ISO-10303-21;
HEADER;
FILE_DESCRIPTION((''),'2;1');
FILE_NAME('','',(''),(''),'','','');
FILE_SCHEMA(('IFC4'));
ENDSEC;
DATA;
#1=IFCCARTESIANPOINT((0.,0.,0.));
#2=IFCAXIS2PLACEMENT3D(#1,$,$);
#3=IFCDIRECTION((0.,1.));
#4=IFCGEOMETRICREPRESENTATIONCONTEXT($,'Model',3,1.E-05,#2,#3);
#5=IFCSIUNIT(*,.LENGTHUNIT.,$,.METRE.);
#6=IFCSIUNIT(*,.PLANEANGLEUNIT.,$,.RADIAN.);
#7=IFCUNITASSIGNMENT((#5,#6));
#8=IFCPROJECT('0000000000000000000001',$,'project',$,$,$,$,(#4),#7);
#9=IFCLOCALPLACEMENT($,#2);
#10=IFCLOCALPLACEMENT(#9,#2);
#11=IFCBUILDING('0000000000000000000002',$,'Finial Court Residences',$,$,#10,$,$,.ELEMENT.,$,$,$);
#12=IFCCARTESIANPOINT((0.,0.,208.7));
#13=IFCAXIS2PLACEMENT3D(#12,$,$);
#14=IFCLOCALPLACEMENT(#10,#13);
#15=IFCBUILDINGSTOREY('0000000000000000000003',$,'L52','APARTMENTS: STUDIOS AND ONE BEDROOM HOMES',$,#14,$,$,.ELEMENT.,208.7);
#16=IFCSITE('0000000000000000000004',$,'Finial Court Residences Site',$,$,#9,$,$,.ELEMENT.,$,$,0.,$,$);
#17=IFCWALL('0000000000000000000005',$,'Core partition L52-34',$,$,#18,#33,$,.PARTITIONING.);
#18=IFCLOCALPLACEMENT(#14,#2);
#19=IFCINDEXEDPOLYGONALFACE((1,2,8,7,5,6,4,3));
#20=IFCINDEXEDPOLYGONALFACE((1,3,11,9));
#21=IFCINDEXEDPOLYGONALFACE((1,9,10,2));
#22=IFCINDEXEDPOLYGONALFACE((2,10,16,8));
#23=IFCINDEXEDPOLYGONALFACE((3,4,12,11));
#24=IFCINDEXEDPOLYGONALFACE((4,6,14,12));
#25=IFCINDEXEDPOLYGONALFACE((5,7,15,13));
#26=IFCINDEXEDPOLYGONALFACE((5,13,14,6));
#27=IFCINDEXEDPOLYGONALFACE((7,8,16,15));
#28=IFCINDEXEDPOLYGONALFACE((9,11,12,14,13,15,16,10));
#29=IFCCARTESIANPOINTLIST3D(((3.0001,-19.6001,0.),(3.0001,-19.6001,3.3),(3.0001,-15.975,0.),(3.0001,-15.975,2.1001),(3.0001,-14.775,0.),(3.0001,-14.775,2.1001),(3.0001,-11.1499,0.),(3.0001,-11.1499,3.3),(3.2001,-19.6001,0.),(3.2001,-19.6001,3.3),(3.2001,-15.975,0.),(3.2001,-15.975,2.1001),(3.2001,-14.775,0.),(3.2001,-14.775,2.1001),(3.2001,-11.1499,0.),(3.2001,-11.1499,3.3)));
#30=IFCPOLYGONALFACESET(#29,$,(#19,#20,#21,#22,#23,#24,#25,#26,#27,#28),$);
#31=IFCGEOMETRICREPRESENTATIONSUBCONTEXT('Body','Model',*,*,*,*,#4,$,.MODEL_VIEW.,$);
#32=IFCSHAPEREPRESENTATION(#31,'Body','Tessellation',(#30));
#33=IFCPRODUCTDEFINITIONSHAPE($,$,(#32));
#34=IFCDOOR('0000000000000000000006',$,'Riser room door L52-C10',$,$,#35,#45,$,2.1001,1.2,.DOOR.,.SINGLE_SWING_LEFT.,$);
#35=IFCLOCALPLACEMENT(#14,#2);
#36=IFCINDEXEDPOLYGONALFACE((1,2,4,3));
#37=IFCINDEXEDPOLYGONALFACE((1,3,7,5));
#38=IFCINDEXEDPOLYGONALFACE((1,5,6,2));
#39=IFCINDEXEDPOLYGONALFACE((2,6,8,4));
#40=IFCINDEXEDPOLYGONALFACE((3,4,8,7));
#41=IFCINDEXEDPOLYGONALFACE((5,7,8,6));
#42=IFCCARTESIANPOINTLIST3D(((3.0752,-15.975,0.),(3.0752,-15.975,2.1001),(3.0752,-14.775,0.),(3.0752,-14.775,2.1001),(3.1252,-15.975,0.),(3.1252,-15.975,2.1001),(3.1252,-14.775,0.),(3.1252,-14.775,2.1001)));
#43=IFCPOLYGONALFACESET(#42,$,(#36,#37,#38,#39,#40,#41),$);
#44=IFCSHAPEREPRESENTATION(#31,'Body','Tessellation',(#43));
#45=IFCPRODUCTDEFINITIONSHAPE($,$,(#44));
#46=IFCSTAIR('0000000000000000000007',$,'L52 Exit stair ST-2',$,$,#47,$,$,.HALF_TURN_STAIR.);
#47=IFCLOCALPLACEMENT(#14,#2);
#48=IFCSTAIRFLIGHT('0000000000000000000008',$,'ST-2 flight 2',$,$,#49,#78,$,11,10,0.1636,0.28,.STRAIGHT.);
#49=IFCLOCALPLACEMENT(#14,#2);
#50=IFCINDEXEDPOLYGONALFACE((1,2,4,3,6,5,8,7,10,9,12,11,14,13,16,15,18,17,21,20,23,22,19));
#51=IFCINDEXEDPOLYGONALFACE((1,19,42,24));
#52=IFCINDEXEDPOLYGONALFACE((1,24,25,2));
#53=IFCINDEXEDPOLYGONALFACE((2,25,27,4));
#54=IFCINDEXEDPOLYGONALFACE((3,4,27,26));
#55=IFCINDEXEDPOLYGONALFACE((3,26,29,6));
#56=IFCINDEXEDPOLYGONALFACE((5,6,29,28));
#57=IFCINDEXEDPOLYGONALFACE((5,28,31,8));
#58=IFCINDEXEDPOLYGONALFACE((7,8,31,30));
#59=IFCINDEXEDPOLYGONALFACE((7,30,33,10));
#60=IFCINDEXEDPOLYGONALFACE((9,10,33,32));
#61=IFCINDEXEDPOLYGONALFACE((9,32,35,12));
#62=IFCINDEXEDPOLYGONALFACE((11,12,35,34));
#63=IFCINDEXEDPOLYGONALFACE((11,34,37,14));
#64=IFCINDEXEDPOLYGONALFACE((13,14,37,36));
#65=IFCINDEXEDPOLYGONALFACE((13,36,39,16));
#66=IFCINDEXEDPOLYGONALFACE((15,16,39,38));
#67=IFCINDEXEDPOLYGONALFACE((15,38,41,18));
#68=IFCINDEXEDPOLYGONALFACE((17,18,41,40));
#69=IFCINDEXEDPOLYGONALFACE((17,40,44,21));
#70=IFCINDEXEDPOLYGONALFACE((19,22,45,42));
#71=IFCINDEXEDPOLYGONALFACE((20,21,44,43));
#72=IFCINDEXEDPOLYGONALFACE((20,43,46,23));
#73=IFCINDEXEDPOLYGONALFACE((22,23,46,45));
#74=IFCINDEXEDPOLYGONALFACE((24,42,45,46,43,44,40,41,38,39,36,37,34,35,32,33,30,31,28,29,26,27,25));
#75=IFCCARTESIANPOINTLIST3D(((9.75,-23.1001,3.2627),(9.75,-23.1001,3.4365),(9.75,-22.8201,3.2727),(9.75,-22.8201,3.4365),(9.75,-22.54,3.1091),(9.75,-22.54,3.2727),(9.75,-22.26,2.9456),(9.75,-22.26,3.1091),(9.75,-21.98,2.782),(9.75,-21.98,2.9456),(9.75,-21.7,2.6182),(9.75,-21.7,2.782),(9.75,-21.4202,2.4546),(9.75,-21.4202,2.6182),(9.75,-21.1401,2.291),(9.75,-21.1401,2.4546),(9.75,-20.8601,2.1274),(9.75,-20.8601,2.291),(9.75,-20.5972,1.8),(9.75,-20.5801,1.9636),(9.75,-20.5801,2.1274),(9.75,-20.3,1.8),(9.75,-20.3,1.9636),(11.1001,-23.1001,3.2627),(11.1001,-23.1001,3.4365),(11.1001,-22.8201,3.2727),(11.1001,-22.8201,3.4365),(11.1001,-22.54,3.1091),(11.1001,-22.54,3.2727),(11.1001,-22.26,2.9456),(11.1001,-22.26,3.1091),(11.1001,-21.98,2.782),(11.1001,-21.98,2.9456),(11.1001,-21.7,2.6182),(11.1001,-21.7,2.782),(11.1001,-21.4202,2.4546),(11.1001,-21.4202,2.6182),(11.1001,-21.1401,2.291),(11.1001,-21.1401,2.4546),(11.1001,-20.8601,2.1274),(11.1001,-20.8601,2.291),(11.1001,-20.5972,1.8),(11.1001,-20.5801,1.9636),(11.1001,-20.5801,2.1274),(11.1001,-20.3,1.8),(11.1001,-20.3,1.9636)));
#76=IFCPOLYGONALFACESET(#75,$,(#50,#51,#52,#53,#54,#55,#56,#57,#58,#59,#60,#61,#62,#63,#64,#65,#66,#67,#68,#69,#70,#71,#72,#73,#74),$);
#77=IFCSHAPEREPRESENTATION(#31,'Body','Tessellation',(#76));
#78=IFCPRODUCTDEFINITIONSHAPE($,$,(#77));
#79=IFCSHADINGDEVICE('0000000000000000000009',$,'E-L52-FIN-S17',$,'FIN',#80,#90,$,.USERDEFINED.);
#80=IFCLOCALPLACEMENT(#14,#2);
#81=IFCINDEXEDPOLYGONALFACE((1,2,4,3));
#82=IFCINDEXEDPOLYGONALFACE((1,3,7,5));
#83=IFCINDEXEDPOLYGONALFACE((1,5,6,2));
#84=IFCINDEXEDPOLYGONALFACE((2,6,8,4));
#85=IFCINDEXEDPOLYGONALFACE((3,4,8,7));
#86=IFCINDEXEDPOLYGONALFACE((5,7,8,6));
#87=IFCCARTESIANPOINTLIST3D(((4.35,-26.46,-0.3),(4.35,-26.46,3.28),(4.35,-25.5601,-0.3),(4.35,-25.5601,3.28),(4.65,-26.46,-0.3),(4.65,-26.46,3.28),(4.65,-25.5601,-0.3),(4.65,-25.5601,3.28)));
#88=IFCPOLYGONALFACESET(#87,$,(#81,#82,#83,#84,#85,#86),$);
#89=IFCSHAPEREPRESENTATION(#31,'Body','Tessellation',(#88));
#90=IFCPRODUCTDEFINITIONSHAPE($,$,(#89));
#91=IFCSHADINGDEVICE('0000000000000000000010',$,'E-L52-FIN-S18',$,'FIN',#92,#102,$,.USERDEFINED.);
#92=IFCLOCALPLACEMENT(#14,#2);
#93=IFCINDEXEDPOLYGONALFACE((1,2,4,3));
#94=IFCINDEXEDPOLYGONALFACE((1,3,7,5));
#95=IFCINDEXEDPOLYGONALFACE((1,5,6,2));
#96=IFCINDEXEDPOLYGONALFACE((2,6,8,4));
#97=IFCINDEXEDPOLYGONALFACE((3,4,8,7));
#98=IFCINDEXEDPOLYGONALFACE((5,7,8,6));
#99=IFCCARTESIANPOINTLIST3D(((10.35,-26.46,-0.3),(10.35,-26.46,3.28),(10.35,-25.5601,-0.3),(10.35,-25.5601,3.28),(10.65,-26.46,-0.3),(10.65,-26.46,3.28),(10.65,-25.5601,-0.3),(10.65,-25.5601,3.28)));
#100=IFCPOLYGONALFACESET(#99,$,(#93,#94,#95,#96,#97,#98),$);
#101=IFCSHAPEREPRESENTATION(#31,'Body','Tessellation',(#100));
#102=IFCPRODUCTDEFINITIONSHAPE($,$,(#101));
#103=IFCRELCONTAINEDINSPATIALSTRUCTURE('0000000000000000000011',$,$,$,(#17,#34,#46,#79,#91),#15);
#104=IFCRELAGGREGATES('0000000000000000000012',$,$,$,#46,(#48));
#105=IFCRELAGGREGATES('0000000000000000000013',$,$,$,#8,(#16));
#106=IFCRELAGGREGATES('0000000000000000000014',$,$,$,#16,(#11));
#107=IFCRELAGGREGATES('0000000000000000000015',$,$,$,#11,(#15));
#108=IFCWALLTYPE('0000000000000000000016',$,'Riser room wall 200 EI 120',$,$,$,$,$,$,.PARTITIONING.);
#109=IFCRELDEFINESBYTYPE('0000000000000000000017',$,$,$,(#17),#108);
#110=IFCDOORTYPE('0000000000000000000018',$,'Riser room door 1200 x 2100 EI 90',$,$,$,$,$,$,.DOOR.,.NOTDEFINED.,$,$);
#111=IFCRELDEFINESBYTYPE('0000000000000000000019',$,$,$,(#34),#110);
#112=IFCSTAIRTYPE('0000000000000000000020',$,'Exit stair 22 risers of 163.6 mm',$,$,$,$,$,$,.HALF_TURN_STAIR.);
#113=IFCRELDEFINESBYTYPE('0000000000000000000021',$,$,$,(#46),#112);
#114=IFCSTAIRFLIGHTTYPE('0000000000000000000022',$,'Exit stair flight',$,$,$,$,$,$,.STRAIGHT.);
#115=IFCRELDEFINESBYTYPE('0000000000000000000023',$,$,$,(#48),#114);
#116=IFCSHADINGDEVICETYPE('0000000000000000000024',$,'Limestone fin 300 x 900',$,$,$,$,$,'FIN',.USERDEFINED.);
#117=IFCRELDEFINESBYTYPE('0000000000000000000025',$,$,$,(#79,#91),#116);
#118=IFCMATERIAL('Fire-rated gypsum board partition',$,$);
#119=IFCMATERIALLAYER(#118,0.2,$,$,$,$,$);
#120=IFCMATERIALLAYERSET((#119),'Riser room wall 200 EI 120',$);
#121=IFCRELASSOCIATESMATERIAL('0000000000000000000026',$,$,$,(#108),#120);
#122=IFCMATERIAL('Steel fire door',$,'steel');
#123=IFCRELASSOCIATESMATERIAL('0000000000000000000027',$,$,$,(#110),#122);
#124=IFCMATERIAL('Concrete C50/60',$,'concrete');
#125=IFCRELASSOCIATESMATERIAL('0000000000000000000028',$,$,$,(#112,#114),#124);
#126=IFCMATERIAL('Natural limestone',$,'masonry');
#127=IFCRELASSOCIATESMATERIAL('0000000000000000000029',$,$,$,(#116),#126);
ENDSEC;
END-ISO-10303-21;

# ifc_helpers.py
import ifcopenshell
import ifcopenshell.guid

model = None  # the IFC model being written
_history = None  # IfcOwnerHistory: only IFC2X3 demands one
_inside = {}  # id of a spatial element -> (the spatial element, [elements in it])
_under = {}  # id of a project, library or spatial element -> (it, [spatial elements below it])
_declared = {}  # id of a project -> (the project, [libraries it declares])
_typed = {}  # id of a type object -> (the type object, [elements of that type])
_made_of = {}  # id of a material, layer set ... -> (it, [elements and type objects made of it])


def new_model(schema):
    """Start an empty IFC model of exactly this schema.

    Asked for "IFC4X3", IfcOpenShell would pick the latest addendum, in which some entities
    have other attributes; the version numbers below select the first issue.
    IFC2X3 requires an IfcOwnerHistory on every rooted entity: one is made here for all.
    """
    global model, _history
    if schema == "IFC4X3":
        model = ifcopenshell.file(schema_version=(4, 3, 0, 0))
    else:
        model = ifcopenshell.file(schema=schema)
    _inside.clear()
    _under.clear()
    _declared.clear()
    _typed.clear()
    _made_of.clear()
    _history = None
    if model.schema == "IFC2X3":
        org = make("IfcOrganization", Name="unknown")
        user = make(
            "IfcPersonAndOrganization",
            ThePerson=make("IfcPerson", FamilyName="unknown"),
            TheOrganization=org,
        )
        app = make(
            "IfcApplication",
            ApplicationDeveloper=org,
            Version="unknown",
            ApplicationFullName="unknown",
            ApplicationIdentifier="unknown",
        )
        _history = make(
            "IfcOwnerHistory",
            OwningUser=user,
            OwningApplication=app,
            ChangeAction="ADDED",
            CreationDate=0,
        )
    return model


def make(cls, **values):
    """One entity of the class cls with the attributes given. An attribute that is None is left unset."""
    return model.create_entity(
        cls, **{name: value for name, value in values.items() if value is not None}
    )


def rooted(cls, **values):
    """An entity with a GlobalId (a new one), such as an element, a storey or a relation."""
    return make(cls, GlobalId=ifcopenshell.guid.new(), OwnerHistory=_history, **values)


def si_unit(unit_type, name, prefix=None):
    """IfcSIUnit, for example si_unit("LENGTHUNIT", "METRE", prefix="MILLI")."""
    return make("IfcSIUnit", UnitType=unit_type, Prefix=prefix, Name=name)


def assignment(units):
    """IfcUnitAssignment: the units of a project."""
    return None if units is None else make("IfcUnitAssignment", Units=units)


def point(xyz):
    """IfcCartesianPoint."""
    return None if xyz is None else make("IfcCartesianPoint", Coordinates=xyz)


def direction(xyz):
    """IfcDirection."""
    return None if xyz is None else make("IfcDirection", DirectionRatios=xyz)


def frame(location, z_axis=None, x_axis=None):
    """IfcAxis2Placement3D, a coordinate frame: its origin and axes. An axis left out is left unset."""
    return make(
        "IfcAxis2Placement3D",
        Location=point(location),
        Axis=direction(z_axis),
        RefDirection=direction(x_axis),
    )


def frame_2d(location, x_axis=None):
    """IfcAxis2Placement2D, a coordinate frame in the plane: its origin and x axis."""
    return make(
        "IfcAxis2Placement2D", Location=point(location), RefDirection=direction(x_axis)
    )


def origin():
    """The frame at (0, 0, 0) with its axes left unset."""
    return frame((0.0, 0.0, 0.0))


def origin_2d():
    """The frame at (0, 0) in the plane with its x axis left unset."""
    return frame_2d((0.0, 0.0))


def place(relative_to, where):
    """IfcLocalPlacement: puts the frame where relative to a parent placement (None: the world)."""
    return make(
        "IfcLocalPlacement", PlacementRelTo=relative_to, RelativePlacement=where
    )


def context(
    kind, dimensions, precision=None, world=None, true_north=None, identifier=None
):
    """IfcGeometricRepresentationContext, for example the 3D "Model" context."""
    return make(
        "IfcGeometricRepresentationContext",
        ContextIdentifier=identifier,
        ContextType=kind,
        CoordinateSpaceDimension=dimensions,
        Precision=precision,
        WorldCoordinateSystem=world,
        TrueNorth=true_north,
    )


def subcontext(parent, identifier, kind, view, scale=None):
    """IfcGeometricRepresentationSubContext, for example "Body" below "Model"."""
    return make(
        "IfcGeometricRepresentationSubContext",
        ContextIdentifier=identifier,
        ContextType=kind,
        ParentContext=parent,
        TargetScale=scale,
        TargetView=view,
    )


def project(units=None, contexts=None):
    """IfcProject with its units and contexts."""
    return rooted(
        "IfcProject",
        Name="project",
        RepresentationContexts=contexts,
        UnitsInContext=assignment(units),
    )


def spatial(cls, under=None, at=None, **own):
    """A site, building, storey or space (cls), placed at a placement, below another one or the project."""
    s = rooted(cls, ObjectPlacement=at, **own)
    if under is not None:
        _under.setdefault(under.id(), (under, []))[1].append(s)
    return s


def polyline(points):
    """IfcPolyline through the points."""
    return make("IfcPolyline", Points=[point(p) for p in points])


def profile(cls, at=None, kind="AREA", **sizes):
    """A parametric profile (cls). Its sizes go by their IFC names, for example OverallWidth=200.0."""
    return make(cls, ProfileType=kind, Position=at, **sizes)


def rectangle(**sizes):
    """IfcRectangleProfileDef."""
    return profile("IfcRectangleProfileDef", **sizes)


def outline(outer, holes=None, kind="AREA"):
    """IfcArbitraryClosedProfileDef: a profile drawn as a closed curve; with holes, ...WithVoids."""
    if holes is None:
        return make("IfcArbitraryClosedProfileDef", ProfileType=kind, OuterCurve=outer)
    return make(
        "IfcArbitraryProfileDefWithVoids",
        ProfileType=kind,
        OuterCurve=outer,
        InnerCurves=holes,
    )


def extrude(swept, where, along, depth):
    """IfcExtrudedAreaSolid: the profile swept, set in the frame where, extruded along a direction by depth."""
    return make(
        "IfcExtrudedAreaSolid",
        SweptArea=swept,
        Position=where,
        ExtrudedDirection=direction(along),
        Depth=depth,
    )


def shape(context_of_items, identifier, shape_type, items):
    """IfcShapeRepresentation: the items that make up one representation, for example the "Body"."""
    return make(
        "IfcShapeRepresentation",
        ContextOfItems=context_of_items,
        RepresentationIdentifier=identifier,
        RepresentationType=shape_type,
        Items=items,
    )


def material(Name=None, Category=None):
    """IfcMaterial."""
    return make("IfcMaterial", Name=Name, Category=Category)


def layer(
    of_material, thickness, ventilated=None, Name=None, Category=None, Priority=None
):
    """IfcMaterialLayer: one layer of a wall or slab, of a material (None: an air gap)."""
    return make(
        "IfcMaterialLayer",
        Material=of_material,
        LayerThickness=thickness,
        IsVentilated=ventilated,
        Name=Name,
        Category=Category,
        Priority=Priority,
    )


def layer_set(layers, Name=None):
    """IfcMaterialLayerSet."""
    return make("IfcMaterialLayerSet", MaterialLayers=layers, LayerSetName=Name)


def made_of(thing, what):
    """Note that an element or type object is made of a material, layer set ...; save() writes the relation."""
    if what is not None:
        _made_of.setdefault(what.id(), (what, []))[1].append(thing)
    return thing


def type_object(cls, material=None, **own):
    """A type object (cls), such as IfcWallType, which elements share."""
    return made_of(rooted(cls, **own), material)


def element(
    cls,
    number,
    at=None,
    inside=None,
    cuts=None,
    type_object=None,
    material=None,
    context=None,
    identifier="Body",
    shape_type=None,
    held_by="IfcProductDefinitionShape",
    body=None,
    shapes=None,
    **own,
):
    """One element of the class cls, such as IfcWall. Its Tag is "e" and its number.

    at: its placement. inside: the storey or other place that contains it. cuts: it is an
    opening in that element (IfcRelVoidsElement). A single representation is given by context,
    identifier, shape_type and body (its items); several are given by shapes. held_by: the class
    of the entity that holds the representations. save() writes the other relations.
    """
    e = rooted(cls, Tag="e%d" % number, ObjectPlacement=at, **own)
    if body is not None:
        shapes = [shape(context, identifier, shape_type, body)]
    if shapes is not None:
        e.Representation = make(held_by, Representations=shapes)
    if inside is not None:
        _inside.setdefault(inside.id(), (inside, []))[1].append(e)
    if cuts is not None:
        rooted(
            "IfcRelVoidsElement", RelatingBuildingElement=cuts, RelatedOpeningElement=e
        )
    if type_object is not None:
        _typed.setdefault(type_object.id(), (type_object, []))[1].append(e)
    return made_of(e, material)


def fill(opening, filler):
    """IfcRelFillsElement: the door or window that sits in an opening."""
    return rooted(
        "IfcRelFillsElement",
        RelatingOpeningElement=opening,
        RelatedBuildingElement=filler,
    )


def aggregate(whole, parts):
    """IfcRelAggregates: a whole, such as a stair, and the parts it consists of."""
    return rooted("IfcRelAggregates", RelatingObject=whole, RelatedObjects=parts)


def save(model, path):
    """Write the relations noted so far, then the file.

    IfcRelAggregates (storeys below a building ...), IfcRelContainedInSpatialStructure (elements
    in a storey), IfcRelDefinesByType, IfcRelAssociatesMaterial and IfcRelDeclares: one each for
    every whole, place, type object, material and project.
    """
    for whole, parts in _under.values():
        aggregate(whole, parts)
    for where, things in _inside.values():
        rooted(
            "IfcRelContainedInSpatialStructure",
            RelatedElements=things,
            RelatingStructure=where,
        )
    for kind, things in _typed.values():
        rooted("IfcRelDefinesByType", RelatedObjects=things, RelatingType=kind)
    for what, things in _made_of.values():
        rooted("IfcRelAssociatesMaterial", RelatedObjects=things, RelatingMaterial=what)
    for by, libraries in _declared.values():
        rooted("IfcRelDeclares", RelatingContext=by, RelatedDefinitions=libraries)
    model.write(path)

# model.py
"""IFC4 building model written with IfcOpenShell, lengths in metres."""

from ifc_helpers import new_model, si_unit, direction, frame, frame_2d, origin, origin_2d, place, context, subcontext, project, spatial, polyline, rectangle, outline, extrude, material, layer, layer_set, type_object, element, fill, aggregate, save


model = new_model("IFC4")

# Units and contexts
model_context = context("Model", 3, precision=1e-05, world=origin(), true_north=direction((0.0, 1.0)))
body_context = subcontext(model_context, "Body", "Model", "MODEL_VIEW")
ifc_project = project(units=[si_unit("LENGTHUNIT", "METRE"), si_unit("PLANEANGLEUNIT", "RADIAN")], contexts=[model_context])

# Site, building, storey
site_placement = place(None, origin())
site = spatial("IfcSite", under=ifc_project, at=site_placement, Name="Finial Court Residences Site", CompositionType="ELEMENT", RefElevation=0.0)
building_placement = place(site_placement, origin())
building = spatial("IfcBuilding", under=site, at=building_placement, Name="Finial Court Residences", CompositionType="ELEMENT")
storey_placement = place(building_placement, frame((0.0, 0.0, 208.7)))
storey = spatial("IfcBuildingStorey", under=building, at=storey_placement, Name="L52", Description="APARTMENTS: STUDIOS AND ONE BEDROOM HOMES", CompositionType="ELEMENT", Elevation=208.7)

# Shared definitions
ifc_material_1 = material(Name="Fire-rated gypsum board partition")
ifc_material_2 = material(Name="Steel fire door", Category="steel")

# Shared definitions
ifc_layer_1 = layer(ifc_material_1, 0.2)
ifc_layer_set_1 = layer_set([ifc_layer_1], Name="Riser room wall 200 EI 120")
wall_type_1 = type_object("IfcWallType", Name="Riser room wall 200 EI 120", PredefinedType="PARTITIONING", material=ifc_layer_set_1)

# Wall, opening, door
wall_1_placement = place(storey_placement, frame((3.1001, -19.6001, 0.0), z_axis=(0.0, 0.0, 1.0), x_axis=(0.0, 1.0, 0.0)))
wall_1 = element("IfcWall", 1, at=wall_1_placement, inside=storey, type_object=wall_type_1, Name="Core partition L52-34", PredefinedType="PARTITIONING", context=body_context, shape_type="SweptSolid", body=[
    extrude(rectangle(XDim=8.4502, YDim=0.2, at=frame_2d((4.2251, 0.0))), origin(), (0.0, 0.0, 1.0), 3.3),
])
opening_1_placement = place(wall_1_placement, frame((3.625, 0.0, 0.0)))
opening_1 = element("IfcOpeningElement", 2, at=opening_1_placement, cuts=wall_1, PredefinedType="OPENING", context=body_context, shape_type="SweptSolid", body=[
    extrude(rectangle(XDim=1.2, YDim=2.1001, at=frame_2d((0.6001, 1.05))), frame((0.0, 0.1099, 0.0), z_axis=(0.0, -1.0, 0.0), x_axis=(1.0, 0.0, 0.0)), (0.0, 0.0, 1.0), 0.22),
])
door_type_1 = type_object("IfcDoorType", Name="Riser room door 1200 x 2100 EI 90", OperationType="NOTDEFINED", PredefinedType="DOOR", material=ifc_material_2)
door_1_placement = place(opening_1_placement, origin())
door_1 = element("IfcDoor", 3, at=door_1_placement, inside=storey, type_object=door_type_1, Name="Riser room door L52-C10", OperationType="SINGLE_SWING_LEFT", OverallHeight=2.1001, OverallWidth=1.2, PredefinedType="DOOR", context=body_context, shape_type="SweptSolid", body=[
    extrude(rectangle(XDim=1.2, YDim=2.1001, at=frame_2d((0.6001, 1.05))), frame((0.0, 0.0249, 0.0), z_axis=(0.0, -1.0, 0.0), x_axis=(1.0, 0.0, 0.0)), (0.0, 0.0, 1.0), 0.05),
])
fill(opening_1, door_1)

# Stair, stair flight
ifc_material_3 = material(Name="Concrete C50/60", Category="concrete")
stair_type = type_object("IfcStairType", Name="Exit stair 22 risers of 163.6 mm", PredefinedType="HALF_TURN_STAIR", material=ifc_material_3)
stair_placement = place(storey_placement, origin())
stair = element("IfcStair", 4, at=stair_placement, inside=storey, type_object=stair_type, Name="L52 Exit stair ST-2", PredefinedType="HALF_TURN_STAIR")
stair_flight_type = type_object("IfcStairFlightType", Name="Exit stair flight", PredefinedType="STRAIGHT", material=ifc_material_3)
stair_flight_placement = place(storey_placement, frame((10.425, -20.3, 1.8), z_axis=(0.0, 0.0, 1.0), x_axis=(0.0, -1.0, 0.0)))
stair_flight = element("IfcStairFlight", 5, at=stair_flight_placement, type_object=stair_flight_type, Name="ST-2 flight 2", NumberOfRisers=11, NumberOfTreads=10, PredefinedType="STRAIGHT", RiserHeight=0.1636, TreadLength=0.28, context=body_context, shape_type="SweptSolid", body=[
    extrude(outline(polyline([(0.0, 0.0), (0.0, 0.1636), (0.28, 0.1636), (0.28, 0.3274), (0.5601, 0.3274), (0.5601, 0.491), (0.8401, 0.491), (0.8401, 0.6545), (1.1201, 0.6545), (1.1201, 0.8181), (1.3999, 0.8181), (1.3999, 0.9819), (1.6799, 0.9819), (1.6799, 1.1455), (1.96, 1.1455), (1.96, 1.3091), (2.24, 1.3091), (2.24, 1.4727), (2.52, 1.4727), (2.52, 1.6365), (2.8, 1.6365), (2.8, 1.8), (2.8, 1.4626), (0.2971, 0.0), (0.0, 0.0)])), frame((0.0, 0.675, 0.0), z_axis=(0.0, -1.0, 0.0), x_axis=(1.0, 0.0, 0.0)), (0.0, 0.0, 1.0), 1.3501),
])
aggregate(stair, [stair_flight])

# Shading devices
ifc_material_4 = material(Name="Natural limestone", Category="masonry")
shading_device_type = type_object("IfcShadingDeviceType", Name="Limestone fin 300 x 900", ElementType="FIN", PredefinedType="USERDEFINED", material=ifc_material_4)
for number, where, z_axis, x_axis, name in (
    (6, (4.5, -26.01, -0.3), (0.0, 0.0, 1.0), (1.0, 0.0, 0.0), "E-L52-FIN-S17"),
    (7, (10.5, -26.01, -0.3), (0.0, 0.0, 1.0), (1.0, 0.0, 0.0), "E-L52-FIN-S18"),
):
    element("IfcShadingDevice", number, at=place(storey_placement, frame(where, z_axis=z_axis, x_axis=x_axis)), inside=storey, type_object=shading_device_type, Name=name, ObjectType="FIN", PredefinedType="USERDEFINED", context=body_context, shape_type="SweptSolid", body=[
        extrude(rectangle(XDim=0.3, YDim=0.8999, at=origin_2d()), origin(), (0.0, 0.0, 1.0), 3.5801),
    ])

save(model, "model.ifc")
